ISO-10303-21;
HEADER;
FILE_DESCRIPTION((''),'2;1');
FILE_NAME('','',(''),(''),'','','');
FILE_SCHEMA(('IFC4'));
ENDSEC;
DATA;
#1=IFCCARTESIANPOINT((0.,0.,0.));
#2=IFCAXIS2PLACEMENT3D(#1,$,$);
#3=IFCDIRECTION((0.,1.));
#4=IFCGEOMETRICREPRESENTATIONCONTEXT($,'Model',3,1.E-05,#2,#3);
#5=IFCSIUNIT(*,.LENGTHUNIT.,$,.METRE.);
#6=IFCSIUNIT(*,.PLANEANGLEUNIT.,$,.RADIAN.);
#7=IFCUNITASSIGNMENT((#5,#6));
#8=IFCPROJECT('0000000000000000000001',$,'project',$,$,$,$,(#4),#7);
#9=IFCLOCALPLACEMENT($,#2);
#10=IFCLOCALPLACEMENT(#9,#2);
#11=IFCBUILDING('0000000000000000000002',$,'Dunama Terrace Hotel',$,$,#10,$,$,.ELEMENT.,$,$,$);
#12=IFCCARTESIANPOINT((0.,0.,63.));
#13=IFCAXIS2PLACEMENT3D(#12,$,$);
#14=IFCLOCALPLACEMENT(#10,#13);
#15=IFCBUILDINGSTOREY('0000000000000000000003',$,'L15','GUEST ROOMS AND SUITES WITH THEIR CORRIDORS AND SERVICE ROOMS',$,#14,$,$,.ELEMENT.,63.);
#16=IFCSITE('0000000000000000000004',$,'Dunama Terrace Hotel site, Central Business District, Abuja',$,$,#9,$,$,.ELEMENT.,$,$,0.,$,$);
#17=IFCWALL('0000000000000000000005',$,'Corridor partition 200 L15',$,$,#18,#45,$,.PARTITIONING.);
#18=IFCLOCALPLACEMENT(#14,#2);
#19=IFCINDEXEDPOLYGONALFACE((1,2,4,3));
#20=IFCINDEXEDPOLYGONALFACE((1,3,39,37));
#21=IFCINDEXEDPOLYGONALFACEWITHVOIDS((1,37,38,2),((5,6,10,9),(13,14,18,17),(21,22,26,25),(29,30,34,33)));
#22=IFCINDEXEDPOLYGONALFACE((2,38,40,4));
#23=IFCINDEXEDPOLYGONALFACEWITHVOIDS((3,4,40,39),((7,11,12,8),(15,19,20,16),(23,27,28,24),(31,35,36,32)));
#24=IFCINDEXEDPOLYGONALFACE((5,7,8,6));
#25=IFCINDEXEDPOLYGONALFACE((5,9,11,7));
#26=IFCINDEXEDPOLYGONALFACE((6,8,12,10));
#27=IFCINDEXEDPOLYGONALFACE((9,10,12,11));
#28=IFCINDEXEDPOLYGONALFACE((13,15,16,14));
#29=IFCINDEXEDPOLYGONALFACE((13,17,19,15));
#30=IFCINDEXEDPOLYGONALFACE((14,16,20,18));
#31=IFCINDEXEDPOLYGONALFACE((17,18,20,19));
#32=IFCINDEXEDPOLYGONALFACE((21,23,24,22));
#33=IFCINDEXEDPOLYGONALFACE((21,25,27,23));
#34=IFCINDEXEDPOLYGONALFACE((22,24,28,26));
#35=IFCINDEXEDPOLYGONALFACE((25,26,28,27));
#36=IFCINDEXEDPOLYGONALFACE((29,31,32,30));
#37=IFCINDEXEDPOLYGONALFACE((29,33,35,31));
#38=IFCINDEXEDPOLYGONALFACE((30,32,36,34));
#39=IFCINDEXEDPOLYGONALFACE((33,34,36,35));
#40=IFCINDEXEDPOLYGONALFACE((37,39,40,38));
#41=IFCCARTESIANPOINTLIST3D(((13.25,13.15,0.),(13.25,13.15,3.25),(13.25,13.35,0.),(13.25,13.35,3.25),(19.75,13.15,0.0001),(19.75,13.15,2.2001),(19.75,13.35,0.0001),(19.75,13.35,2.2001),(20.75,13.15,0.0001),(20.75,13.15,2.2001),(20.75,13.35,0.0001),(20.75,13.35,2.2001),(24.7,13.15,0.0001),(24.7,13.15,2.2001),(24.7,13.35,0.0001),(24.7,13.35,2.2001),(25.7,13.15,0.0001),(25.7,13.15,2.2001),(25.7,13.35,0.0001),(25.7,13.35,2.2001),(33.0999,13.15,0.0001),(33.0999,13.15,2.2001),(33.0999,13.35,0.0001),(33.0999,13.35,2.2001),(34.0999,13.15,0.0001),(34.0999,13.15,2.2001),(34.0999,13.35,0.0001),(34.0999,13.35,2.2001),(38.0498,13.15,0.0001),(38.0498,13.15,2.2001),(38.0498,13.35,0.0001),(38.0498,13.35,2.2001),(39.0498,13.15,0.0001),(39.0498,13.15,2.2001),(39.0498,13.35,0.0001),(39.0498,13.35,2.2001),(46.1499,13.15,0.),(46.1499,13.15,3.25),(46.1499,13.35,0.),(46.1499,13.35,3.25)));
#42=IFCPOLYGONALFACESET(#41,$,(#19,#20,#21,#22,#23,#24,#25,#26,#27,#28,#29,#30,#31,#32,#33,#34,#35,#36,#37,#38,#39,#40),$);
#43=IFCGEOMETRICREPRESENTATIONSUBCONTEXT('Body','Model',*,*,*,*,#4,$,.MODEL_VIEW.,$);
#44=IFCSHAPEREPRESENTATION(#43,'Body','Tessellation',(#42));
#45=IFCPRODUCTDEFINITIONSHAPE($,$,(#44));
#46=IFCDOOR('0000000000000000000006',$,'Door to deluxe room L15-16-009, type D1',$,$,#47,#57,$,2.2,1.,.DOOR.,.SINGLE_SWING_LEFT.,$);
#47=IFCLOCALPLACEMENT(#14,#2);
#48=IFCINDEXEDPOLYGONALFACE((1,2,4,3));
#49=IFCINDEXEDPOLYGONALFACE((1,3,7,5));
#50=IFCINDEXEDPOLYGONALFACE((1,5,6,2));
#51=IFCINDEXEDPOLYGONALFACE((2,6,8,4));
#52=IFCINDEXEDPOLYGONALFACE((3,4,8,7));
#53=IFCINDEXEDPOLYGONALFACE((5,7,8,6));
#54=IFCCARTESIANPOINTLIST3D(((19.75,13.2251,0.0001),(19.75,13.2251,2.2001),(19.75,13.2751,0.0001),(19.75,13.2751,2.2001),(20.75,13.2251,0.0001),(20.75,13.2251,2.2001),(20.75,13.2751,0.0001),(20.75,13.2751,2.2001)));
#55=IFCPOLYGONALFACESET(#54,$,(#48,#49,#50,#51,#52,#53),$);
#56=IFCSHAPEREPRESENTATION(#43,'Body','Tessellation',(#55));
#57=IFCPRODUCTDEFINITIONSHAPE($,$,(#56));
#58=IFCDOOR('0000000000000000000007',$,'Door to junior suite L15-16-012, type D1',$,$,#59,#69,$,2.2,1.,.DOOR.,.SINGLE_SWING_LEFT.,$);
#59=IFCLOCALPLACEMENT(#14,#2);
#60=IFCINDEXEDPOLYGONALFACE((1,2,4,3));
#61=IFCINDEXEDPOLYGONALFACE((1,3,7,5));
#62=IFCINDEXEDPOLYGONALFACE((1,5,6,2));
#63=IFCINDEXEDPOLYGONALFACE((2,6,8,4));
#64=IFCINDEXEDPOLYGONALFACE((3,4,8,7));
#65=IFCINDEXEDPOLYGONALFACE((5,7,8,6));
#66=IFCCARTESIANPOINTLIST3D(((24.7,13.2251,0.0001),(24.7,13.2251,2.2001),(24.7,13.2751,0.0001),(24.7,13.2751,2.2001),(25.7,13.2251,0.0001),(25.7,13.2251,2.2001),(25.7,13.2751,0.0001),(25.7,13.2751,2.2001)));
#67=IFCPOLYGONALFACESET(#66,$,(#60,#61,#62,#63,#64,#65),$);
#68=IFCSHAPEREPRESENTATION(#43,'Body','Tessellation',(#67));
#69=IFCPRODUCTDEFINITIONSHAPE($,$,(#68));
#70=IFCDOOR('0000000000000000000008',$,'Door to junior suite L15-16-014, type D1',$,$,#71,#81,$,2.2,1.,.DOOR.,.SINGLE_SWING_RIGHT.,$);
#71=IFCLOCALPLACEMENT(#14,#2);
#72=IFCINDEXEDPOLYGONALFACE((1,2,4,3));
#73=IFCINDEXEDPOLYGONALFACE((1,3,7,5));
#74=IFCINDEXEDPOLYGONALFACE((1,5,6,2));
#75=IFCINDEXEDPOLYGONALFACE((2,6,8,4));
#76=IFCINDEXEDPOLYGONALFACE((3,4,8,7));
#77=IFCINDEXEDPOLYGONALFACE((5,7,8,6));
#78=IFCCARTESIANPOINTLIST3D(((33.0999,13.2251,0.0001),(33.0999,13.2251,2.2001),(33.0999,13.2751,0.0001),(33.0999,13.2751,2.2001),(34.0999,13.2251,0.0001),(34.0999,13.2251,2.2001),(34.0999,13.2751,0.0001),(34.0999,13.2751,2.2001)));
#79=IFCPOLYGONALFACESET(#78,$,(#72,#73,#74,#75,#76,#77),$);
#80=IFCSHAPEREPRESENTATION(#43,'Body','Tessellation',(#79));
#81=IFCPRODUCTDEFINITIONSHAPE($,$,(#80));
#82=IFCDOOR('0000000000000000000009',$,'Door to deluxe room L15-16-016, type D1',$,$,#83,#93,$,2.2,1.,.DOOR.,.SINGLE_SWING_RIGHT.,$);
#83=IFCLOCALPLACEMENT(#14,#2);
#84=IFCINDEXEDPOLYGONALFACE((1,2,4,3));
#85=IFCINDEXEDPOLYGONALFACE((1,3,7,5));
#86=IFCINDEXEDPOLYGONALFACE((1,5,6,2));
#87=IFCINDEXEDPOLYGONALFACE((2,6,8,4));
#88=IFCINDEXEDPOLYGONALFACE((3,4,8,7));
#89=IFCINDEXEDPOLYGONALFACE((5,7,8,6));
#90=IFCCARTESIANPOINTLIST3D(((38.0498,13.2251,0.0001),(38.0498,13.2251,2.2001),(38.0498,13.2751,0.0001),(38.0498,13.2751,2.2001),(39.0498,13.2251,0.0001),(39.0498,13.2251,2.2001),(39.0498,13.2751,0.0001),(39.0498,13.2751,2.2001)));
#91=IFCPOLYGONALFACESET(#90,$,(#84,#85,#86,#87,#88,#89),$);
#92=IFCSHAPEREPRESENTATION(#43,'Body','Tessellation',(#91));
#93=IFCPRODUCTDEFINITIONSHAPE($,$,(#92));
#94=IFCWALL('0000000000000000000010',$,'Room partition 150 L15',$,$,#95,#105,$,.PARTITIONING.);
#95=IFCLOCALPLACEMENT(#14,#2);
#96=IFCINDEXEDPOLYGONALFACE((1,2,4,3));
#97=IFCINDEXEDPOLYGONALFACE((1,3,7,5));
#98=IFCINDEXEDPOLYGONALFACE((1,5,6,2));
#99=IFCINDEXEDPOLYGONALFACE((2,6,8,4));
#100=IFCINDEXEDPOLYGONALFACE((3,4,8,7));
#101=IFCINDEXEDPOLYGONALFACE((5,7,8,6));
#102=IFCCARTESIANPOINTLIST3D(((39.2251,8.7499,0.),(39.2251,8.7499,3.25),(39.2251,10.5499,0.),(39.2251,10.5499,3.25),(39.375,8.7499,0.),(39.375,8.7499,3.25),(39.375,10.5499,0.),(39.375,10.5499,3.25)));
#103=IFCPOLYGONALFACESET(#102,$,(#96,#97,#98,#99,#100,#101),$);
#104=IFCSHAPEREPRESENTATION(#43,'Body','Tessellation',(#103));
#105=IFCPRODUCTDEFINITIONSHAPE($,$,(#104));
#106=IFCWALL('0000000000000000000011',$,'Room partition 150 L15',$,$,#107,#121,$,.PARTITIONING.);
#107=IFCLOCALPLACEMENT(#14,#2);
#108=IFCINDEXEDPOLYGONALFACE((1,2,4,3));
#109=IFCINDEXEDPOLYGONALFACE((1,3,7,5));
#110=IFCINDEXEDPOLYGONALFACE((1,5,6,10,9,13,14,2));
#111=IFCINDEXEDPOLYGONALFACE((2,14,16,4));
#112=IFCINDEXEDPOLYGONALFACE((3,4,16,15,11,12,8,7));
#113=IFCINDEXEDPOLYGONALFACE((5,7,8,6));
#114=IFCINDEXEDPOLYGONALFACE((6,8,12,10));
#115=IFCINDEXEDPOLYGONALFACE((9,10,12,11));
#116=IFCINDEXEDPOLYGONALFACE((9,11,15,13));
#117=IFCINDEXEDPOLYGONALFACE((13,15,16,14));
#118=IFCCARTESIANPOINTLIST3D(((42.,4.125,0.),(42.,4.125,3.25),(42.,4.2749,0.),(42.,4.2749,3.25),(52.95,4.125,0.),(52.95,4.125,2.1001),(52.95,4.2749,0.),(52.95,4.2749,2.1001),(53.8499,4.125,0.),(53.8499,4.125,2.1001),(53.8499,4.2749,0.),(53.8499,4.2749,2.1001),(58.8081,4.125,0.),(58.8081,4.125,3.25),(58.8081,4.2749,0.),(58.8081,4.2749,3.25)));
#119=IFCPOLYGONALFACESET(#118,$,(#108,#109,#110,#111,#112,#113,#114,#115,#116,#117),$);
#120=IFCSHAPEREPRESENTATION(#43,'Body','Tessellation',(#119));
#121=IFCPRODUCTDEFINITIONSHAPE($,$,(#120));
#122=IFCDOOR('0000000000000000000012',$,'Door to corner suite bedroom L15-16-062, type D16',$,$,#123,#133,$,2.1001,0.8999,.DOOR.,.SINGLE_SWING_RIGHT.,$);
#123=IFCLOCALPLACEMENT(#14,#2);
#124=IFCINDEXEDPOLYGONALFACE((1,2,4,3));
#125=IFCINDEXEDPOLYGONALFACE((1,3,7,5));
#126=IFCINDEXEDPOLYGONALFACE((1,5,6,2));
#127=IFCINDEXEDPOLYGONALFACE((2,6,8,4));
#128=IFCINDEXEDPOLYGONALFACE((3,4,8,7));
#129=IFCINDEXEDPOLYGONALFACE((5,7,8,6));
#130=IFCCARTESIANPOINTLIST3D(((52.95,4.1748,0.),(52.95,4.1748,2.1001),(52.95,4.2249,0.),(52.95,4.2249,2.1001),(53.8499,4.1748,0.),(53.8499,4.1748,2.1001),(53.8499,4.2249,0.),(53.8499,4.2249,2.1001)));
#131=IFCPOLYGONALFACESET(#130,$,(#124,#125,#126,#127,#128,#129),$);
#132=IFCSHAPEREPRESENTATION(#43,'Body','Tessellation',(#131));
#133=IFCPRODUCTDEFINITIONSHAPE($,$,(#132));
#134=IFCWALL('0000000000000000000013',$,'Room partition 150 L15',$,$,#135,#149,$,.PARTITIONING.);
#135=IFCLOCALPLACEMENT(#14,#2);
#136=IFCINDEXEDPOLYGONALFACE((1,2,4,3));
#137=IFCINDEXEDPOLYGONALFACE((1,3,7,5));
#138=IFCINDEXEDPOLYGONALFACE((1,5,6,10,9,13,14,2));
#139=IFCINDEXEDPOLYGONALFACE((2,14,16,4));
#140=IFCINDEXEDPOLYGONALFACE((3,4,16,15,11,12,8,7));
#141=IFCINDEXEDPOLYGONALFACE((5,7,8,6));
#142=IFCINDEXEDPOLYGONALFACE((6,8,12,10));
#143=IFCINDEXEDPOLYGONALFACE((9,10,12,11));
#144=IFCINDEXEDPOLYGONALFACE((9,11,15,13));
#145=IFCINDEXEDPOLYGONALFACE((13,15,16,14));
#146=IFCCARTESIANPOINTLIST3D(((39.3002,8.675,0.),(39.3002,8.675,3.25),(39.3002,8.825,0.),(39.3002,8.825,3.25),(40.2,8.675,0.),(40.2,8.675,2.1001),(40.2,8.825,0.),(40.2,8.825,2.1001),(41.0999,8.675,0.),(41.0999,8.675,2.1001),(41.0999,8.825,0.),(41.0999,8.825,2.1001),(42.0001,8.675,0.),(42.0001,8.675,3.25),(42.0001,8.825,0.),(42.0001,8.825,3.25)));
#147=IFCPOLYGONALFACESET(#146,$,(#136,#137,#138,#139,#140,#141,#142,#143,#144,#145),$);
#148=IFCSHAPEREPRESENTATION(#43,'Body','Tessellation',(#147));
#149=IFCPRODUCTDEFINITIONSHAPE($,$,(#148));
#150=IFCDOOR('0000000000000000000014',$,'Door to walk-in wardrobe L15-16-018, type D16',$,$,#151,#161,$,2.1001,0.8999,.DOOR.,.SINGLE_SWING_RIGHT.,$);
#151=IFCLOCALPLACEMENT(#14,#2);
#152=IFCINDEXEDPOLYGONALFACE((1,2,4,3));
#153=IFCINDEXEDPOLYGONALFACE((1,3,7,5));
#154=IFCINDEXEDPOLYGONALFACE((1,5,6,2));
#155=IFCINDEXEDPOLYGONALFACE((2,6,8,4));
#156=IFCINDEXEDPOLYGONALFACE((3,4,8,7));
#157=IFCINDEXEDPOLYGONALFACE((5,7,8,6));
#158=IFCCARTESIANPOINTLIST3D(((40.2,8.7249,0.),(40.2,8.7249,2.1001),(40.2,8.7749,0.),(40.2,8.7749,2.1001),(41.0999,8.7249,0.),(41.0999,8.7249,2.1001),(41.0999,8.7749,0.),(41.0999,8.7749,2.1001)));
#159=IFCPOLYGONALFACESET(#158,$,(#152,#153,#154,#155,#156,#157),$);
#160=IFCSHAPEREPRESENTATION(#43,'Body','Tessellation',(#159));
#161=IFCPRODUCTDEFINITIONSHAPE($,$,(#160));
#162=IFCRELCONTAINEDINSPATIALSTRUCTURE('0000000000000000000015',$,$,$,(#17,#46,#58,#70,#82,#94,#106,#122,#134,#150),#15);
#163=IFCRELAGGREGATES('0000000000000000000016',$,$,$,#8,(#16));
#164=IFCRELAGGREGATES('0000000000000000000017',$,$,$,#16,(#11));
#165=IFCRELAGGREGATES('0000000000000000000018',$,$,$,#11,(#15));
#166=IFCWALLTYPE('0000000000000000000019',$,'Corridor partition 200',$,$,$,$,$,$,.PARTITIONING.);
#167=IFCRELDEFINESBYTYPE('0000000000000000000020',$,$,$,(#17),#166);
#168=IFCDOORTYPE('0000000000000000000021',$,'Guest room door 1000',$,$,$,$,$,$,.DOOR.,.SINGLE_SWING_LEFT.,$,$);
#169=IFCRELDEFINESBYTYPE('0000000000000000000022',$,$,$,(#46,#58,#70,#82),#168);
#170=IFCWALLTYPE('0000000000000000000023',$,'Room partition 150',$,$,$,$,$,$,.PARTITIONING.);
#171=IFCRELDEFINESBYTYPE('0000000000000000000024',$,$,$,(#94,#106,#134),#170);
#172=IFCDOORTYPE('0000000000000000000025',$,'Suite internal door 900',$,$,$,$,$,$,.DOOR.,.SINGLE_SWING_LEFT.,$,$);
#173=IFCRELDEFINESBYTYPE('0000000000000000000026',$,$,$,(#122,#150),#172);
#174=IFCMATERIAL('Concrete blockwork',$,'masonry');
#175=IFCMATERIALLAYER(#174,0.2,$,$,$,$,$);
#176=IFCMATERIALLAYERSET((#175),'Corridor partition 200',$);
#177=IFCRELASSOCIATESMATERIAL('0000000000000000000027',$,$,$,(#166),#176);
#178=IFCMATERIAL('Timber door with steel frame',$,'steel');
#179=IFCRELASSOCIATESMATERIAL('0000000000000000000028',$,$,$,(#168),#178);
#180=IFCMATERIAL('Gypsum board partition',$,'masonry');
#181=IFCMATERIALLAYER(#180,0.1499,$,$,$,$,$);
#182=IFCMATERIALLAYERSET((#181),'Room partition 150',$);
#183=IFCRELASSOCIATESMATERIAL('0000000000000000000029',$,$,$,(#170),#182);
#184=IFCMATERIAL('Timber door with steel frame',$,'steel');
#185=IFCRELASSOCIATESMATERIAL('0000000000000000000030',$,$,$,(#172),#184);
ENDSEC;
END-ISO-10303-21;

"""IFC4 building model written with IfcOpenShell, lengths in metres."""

from ifc_helpers import new_model, si_unit, direction, frame, frame_2d, origin, place, context, subcontext, project, spatial, rectangle, extrude, material, layer, layer_set, type_object, element, fill, save


model = new_model("IFC4")

# Units and contexts
model_context = context("Model", 3, precision=1e-05, world=origin(), true_north=direction((0.0, 1.0)))
body_context = subcontext(model_context, "Body", "Model", "MODEL_VIEW")
ifc_project = project(units=[si_unit("LENGTHUNIT", "METRE"), si_unit("PLANEANGLEUNIT", "RADIAN")], contexts=[model_context])

# Site, building, storey
site_placement = place(None, origin())
site = spatial("IfcSite", under=ifc_project, at=site_placement, Name="Dunama Terrace Hotel site, Central Business District, Abuja", CompositionType="ELEMENT", RefElevation=0.0)
building_placement = place(site_placement, origin())
building = spatial("IfcBuilding", under=site, at=building_placement, Name="Dunama Terrace Hotel", CompositionType="ELEMENT")
storey_placement = place(building_placement, frame((0.0, 0.0, 63.0)))
storey = spatial("IfcBuildingStorey", under=building, at=storey_placement, Name="L15", Description="GUEST ROOMS AND SUITES WITH THEIR CORRIDORS AND SERVICE ROOMS", CompositionType="ELEMENT", Elevation=63.0)

# Wall, openings, doors
ifc_material_1 = material(Name="Concrete blockwork", Category="masonry")
ifc_layer_1 = layer(ifc_material_1, 0.2)
ifc_layer_set_1 = layer_set([ifc_layer_1], Name="Corridor partition 200")
wall_type_1 = type_object("IfcWallType", Name="Corridor partition 200", PredefinedType="PARTITIONING", material=ifc_layer_set_1)
wall_1_placement = place(storey_placement, frame((46.1499, 13.25, 0.0), z_axis=(0.0, 0.0, 1.0), x_axis=(-1.0, 0.0, 0.0)))
wall_1 = element("IfcWall", 1, at=wall_1_placement, inside=storey, type_object=wall_type_1, Name="Corridor partition 200 L15", PredefinedType="PARTITIONING", context=body_context, shape_type="SweptSolid", body=[
    extrude(rectangle(XDim=32.8999, YDim=0.2, at=frame_2d((16.45, 0.0))), origin(), (0.0, 0.0, 1.0), 3.25),
])
opening_1_placement = place(wall_1_placement, frame((25.3999, 0.0, 0.0)))
opening_1 = element("IfcOpeningElement", 2, at=opening_1_placement, cuts=wall_1, PredefinedType="OPENING", context=body_context, shape_type="SweptSolid", body=[
    extrude(rectangle(XDim=1.0, YDim=2.2, at=frame_2d((0.5, 1.1001))), frame((0.0, 0.1099, 0.0), z_axis=(0.0, -1.0, 0.0), x_axis=(1.0, 0.0, 0.0)), (0.0, 0.0, 1.0), 0.22),
])
opening_2_placement = place(wall_1_placement, frame((20.45, 0.0, 0.0)))
opening_2 = element("IfcOpeningElement", 3, at=opening_2_placement, cuts=wall_1, PredefinedType="OPENING", context=body_context, shape_type="SweptSolid", body=[
    extrude(rectangle(XDim=1.0, YDim=2.2, at=frame_2d((0.5, 1.1001))), frame((0.0, 0.1099, 0.0), z_axis=(0.0, -1.0, 0.0), x_axis=(1.0, 0.0, 0.0)), (0.0, 0.0, 1.0), 0.22),
])
opening_3_placement = place(wall_1_placement, frame((12.05, 0.0, 0.0)))
opening_3 = element("IfcOpeningElement", 4, at=opening_3_placement, cuts=wall_1, PredefinedType="OPENING", context=body_context, shape_type="SweptSolid", body=[
    extrude(rectangle(XDim=1.0, YDim=2.2, at=frame_2d((0.5, 1.1001))), frame((0.0, 0.1099, 0.0), z_axis=(0.0, -1.0, 0.0), x_axis=(1.0, 0.0, 0.0)), (0.0, 0.0, 1.0), 0.22),
])
opening_4_placement = place(wall_1_placement, frame((7.1001, 0.0, 0.0)))
opening_4 = element("IfcOpeningElement", 5, at=opening_4_placement, cuts=wall_1, PredefinedType="OPENING", context=body_context, shape_type="SweptSolid", body=[
    extrude(rectangle(XDim=1.0, YDim=2.2, at=frame_2d((0.5, 1.1001))), frame((0.0, 0.1099, 0.0), z_axis=(0.0, -1.0, 0.0), x_axis=(1.0, 0.0, 0.0)), (0.0, 0.0, 1.0), 0.22),
])
ifc_material_2 = material(Name="Timber door with steel frame", Category="steel")
door_type_1 = type_object("IfcDoorType", Name="Guest room door 1000", OperationType="SINGLE_SWING_LEFT", PredefinedType="DOOR", material=ifc_material_2)
door_1_placement = place(opening_1_placement, origin())
door_1 = element("IfcDoor", 6, at=door_1_placement, inside=storey, type_object=door_type_1, Name="Door to deluxe room L15-16-009, type D1", OperationType="SINGLE_SWING_LEFT", OverallHeight=2.2, OverallWidth=1.0, PredefinedType="DOOR", context=body_context, shape_type="SweptSolid", body=[
    extrude(rectangle(XDim=1.0, YDim=2.2, at=frame_2d((0.5, 1.1001))), frame((0.0, 0.0249, 0.0), z_axis=(0.0, -1.0, 0.0), x_axis=(1.0, 0.0, 0.0)), (0.0, 0.0, 1.0), 0.05),
])
fill(opening_1, door_1)
door_2_placement = place(opening_2_placement, origin())
door_2 = element("IfcDoor", 7, at=door_2_placement, inside=storey, type_object=door_type_1, Name="Door to junior suite L15-16-012, type D1", OperationType="SINGLE_SWING_LEFT", OverallHeight=2.2, OverallWidth=1.0, PredefinedType="DOOR", context=body_context, shape_type="SweptSolid", body=[
    extrude(rectangle(XDim=1.0, YDim=2.2, at=frame_2d((0.5, 1.1001))), frame((0.0, 0.0249, 0.0), z_axis=(0.0, -1.0, 0.0), x_axis=(1.0, 0.0, 0.0)), (0.0, 0.0, 1.0), 0.05),
])
fill(opening_2, door_2)
door_3_placement = place(opening_3_placement, origin())
door_3 = element("IfcDoor", 8, at=door_3_placement, inside=storey, type_object=door_type_1, Name="Door to junior suite L15-16-014, type D1", OperationType="SINGLE_SWING_RIGHT", OverallHeight=2.2, OverallWidth=1.0, PredefinedType="DOOR", context=body_context, shape_type="SweptSolid", body=[
    extrude(rectangle(XDim=1.0, YDim=2.2, at=frame_2d((0.5, 1.1001))), frame((0.0, 0.0249, 0.0), z_axis=(0.0, -1.0, 0.0), x_axis=(1.0, 0.0, 0.0)), (0.0, 0.0, 1.0), 0.05),
])
fill(opening_3, door_3)
door_4_placement = place(opening_4_placement, origin())
door_4 = element("IfcDoor", 9, at=door_4_placement, inside=storey, type_object=door_type_1, Name="Door to deluxe room L15-16-016, type D1", OperationType="SINGLE_SWING_RIGHT", OverallHeight=2.2, OverallWidth=1.0, PredefinedType="DOOR", context=body_context, shape_type="SweptSolid", body=[
    extrude(rectangle(XDim=1.0, YDim=2.2, at=frame_2d((0.5, 1.1001))), frame((0.0, 0.0249, 0.0), z_axis=(0.0, -1.0, 0.0), x_axis=(1.0, 0.0, 0.0)), (0.0, 0.0, 1.0), 0.05),
])
fill(opening_4, door_4)

# Wall
ifc_material_3 = material(Name="Gypsum board partition", Category="masonry")
ifc_layer_2 = layer(ifc_material_3, 0.1499)
ifc_layer_set_2 = layer_set([ifc_layer_2], Name="Room partition 150")
wall_type_2 = type_object("IfcWallType", Name="Room partition 150", PredefinedType="PARTITIONING", material=ifc_layer_set_2)
wall_2_placement = place(storey_placement, frame((39.3, 8.75, 0.0), z_axis=(0.0, 0.0, 1.0), x_axis=(0.0, 1.0, 0.0)))
element("IfcWall", 10, at=wall_2_placement, inside=storey, type_object=wall_type_2, Name="Room partition 150 L15", PredefinedType="PARTITIONING", context=body_context, shape_type="SweptSolid", body=[
    extrude(rectangle(XDim=1.8, YDim=0.1499, at=frame_2d((0.8999, 0.0))), origin(), (0.0, 0.0, 1.0), 3.25),
])

# Walls, openings, doors
wall_3_placement = place(storey_placement, frame((42.0, 4.2, 0.0), z_axis=(0.0, 0.0, 1.0), x_axis=(1.0, 0.0, 0.0)))
wall_3 = element("IfcWall", 11, at=wall_3_placement, inside=storey, type_object=wall_type_2, Name="Room partition 150 L15", PredefinedType="PARTITIONING", context=body_context, shape_type="SweptSolid", body=[
    extrude(rectangle(XDim=16.8081, YDim=0.1499, at=frame_2d((8.4041, 0.0))), origin(), (0.0, 0.0, 1.0), 3.25),
])
opening_5_placement = place(wall_3_placement, frame((10.95, 0.0, 0.0)))
opening_5 = element("IfcOpeningElement", 12, at=opening_5_placement, cuts=wall_3, PredefinedType="OPENING", context=body_context, shape_type="SweptSolid", body=[
    extrude(rectangle(XDim=0.8999, YDim=2.1001, at=frame_2d((0.45, 1.05))), frame((0.0, 0.085, 0.0), z_axis=(0.0, -1.0, 0.0), x_axis=(1.0, 0.0, 0.0)), (0.0, 0.0, 1.0), 0.1699),
])
ifc_material_4 = material(Name="Timber door with steel frame", Category="steel")
door_type_2 = type_object("IfcDoorType", Name="Suite internal door 900", OperationType="SINGLE_SWING_LEFT", PredefinedType="DOOR", material=ifc_material_4)
door_5_placement = place(opening_5_placement, frame((0.8999, 0.0, 0.0), z_axis=(0.0, 0.0, 1.0), x_axis=(-1.0, 0.0, 0.0)))
door_5 = element("IfcDoor", 13, at=door_5_placement, inside=storey, type_object=door_type_2, Name="Door to corner suite bedroom L15-16-062, type D16", OperationType="SINGLE_SWING_RIGHT", OverallHeight=2.1001, OverallWidth=0.8999, PredefinedType="DOOR", context=body_context, shape_type="SweptSolid", body=[
    extrude(rectangle(XDim=0.8999, YDim=2.1001, at=frame_2d((0.45, 1.05))), frame((0.0, 0.0251, 0.0), z_axis=(0.0, -1.0, 0.0), x_axis=(1.0, 0.0, 0.0)), (0.0, 0.0, 1.0), 0.05),
])
fill(opening_5, door_5)
wall_4_placement = place(storey_placement, frame((39.3, 8.75, 0.0), z_axis=(0.0, 0.0, 1.0), x_axis=(1.0, 0.0, 0.0)))
wall_4 = element("IfcWall", 14, at=wall_4_placement, inside=storey, type_object=wall_type_2, Name="Room partition 150 L15", PredefinedType="PARTITIONING", context=body_context, shape_type="SweptSolid", body=[
    extrude(rectangle(XDim=2.7, YDim=0.1499, at=frame_2d((1.3501, 0.0))), origin(), (0.0, 0.0, 1.0), 3.25),
])
opening_6_placement = place(wall_4_placement, frame((0.8999, 0.0, 0.0)))
opening_6 = element("IfcOpeningElement", 15, at=opening_6_placement, cuts=wall_4, PredefinedType="OPENING", context=body_context, shape_type="SweptSolid", body=[
    extrude(rectangle(XDim=0.8999, YDim=2.1001, at=frame_2d((0.45, 1.05))), frame((0.0, 0.085, 0.0), z_axis=(0.0, -1.0, 0.0), x_axis=(1.0, 0.0, 0.0)), (0.0, 0.0, 1.0), 0.1699),
])
door_6_placement = place(opening_6_placement, origin())
door_6 = element("IfcDoor", 16, at=door_6_placement, inside=storey, type_object=door_type_2, Name="Door to walk-in wardrobe L15-16-018, type D16", OperationType="SINGLE_SWING_RIGHT", OverallHeight=2.1001, OverallWidth=0.8999, PredefinedType="DOOR", context=body_context, shape_type="SweptSolid", body=[
    extrude(rectangle(XDim=0.8999, YDim=2.1001, at=frame_2d((0.45, 1.05))), frame((0.0, 0.0249, 0.0), z_axis=(0.0, -1.0, 0.0), x_axis=(1.0, 0.0, 0.0)), (0.0, 0.0, 1.0), 0.05),
])
fill(opening_6, door_6)

save(model, "model.ifc")
